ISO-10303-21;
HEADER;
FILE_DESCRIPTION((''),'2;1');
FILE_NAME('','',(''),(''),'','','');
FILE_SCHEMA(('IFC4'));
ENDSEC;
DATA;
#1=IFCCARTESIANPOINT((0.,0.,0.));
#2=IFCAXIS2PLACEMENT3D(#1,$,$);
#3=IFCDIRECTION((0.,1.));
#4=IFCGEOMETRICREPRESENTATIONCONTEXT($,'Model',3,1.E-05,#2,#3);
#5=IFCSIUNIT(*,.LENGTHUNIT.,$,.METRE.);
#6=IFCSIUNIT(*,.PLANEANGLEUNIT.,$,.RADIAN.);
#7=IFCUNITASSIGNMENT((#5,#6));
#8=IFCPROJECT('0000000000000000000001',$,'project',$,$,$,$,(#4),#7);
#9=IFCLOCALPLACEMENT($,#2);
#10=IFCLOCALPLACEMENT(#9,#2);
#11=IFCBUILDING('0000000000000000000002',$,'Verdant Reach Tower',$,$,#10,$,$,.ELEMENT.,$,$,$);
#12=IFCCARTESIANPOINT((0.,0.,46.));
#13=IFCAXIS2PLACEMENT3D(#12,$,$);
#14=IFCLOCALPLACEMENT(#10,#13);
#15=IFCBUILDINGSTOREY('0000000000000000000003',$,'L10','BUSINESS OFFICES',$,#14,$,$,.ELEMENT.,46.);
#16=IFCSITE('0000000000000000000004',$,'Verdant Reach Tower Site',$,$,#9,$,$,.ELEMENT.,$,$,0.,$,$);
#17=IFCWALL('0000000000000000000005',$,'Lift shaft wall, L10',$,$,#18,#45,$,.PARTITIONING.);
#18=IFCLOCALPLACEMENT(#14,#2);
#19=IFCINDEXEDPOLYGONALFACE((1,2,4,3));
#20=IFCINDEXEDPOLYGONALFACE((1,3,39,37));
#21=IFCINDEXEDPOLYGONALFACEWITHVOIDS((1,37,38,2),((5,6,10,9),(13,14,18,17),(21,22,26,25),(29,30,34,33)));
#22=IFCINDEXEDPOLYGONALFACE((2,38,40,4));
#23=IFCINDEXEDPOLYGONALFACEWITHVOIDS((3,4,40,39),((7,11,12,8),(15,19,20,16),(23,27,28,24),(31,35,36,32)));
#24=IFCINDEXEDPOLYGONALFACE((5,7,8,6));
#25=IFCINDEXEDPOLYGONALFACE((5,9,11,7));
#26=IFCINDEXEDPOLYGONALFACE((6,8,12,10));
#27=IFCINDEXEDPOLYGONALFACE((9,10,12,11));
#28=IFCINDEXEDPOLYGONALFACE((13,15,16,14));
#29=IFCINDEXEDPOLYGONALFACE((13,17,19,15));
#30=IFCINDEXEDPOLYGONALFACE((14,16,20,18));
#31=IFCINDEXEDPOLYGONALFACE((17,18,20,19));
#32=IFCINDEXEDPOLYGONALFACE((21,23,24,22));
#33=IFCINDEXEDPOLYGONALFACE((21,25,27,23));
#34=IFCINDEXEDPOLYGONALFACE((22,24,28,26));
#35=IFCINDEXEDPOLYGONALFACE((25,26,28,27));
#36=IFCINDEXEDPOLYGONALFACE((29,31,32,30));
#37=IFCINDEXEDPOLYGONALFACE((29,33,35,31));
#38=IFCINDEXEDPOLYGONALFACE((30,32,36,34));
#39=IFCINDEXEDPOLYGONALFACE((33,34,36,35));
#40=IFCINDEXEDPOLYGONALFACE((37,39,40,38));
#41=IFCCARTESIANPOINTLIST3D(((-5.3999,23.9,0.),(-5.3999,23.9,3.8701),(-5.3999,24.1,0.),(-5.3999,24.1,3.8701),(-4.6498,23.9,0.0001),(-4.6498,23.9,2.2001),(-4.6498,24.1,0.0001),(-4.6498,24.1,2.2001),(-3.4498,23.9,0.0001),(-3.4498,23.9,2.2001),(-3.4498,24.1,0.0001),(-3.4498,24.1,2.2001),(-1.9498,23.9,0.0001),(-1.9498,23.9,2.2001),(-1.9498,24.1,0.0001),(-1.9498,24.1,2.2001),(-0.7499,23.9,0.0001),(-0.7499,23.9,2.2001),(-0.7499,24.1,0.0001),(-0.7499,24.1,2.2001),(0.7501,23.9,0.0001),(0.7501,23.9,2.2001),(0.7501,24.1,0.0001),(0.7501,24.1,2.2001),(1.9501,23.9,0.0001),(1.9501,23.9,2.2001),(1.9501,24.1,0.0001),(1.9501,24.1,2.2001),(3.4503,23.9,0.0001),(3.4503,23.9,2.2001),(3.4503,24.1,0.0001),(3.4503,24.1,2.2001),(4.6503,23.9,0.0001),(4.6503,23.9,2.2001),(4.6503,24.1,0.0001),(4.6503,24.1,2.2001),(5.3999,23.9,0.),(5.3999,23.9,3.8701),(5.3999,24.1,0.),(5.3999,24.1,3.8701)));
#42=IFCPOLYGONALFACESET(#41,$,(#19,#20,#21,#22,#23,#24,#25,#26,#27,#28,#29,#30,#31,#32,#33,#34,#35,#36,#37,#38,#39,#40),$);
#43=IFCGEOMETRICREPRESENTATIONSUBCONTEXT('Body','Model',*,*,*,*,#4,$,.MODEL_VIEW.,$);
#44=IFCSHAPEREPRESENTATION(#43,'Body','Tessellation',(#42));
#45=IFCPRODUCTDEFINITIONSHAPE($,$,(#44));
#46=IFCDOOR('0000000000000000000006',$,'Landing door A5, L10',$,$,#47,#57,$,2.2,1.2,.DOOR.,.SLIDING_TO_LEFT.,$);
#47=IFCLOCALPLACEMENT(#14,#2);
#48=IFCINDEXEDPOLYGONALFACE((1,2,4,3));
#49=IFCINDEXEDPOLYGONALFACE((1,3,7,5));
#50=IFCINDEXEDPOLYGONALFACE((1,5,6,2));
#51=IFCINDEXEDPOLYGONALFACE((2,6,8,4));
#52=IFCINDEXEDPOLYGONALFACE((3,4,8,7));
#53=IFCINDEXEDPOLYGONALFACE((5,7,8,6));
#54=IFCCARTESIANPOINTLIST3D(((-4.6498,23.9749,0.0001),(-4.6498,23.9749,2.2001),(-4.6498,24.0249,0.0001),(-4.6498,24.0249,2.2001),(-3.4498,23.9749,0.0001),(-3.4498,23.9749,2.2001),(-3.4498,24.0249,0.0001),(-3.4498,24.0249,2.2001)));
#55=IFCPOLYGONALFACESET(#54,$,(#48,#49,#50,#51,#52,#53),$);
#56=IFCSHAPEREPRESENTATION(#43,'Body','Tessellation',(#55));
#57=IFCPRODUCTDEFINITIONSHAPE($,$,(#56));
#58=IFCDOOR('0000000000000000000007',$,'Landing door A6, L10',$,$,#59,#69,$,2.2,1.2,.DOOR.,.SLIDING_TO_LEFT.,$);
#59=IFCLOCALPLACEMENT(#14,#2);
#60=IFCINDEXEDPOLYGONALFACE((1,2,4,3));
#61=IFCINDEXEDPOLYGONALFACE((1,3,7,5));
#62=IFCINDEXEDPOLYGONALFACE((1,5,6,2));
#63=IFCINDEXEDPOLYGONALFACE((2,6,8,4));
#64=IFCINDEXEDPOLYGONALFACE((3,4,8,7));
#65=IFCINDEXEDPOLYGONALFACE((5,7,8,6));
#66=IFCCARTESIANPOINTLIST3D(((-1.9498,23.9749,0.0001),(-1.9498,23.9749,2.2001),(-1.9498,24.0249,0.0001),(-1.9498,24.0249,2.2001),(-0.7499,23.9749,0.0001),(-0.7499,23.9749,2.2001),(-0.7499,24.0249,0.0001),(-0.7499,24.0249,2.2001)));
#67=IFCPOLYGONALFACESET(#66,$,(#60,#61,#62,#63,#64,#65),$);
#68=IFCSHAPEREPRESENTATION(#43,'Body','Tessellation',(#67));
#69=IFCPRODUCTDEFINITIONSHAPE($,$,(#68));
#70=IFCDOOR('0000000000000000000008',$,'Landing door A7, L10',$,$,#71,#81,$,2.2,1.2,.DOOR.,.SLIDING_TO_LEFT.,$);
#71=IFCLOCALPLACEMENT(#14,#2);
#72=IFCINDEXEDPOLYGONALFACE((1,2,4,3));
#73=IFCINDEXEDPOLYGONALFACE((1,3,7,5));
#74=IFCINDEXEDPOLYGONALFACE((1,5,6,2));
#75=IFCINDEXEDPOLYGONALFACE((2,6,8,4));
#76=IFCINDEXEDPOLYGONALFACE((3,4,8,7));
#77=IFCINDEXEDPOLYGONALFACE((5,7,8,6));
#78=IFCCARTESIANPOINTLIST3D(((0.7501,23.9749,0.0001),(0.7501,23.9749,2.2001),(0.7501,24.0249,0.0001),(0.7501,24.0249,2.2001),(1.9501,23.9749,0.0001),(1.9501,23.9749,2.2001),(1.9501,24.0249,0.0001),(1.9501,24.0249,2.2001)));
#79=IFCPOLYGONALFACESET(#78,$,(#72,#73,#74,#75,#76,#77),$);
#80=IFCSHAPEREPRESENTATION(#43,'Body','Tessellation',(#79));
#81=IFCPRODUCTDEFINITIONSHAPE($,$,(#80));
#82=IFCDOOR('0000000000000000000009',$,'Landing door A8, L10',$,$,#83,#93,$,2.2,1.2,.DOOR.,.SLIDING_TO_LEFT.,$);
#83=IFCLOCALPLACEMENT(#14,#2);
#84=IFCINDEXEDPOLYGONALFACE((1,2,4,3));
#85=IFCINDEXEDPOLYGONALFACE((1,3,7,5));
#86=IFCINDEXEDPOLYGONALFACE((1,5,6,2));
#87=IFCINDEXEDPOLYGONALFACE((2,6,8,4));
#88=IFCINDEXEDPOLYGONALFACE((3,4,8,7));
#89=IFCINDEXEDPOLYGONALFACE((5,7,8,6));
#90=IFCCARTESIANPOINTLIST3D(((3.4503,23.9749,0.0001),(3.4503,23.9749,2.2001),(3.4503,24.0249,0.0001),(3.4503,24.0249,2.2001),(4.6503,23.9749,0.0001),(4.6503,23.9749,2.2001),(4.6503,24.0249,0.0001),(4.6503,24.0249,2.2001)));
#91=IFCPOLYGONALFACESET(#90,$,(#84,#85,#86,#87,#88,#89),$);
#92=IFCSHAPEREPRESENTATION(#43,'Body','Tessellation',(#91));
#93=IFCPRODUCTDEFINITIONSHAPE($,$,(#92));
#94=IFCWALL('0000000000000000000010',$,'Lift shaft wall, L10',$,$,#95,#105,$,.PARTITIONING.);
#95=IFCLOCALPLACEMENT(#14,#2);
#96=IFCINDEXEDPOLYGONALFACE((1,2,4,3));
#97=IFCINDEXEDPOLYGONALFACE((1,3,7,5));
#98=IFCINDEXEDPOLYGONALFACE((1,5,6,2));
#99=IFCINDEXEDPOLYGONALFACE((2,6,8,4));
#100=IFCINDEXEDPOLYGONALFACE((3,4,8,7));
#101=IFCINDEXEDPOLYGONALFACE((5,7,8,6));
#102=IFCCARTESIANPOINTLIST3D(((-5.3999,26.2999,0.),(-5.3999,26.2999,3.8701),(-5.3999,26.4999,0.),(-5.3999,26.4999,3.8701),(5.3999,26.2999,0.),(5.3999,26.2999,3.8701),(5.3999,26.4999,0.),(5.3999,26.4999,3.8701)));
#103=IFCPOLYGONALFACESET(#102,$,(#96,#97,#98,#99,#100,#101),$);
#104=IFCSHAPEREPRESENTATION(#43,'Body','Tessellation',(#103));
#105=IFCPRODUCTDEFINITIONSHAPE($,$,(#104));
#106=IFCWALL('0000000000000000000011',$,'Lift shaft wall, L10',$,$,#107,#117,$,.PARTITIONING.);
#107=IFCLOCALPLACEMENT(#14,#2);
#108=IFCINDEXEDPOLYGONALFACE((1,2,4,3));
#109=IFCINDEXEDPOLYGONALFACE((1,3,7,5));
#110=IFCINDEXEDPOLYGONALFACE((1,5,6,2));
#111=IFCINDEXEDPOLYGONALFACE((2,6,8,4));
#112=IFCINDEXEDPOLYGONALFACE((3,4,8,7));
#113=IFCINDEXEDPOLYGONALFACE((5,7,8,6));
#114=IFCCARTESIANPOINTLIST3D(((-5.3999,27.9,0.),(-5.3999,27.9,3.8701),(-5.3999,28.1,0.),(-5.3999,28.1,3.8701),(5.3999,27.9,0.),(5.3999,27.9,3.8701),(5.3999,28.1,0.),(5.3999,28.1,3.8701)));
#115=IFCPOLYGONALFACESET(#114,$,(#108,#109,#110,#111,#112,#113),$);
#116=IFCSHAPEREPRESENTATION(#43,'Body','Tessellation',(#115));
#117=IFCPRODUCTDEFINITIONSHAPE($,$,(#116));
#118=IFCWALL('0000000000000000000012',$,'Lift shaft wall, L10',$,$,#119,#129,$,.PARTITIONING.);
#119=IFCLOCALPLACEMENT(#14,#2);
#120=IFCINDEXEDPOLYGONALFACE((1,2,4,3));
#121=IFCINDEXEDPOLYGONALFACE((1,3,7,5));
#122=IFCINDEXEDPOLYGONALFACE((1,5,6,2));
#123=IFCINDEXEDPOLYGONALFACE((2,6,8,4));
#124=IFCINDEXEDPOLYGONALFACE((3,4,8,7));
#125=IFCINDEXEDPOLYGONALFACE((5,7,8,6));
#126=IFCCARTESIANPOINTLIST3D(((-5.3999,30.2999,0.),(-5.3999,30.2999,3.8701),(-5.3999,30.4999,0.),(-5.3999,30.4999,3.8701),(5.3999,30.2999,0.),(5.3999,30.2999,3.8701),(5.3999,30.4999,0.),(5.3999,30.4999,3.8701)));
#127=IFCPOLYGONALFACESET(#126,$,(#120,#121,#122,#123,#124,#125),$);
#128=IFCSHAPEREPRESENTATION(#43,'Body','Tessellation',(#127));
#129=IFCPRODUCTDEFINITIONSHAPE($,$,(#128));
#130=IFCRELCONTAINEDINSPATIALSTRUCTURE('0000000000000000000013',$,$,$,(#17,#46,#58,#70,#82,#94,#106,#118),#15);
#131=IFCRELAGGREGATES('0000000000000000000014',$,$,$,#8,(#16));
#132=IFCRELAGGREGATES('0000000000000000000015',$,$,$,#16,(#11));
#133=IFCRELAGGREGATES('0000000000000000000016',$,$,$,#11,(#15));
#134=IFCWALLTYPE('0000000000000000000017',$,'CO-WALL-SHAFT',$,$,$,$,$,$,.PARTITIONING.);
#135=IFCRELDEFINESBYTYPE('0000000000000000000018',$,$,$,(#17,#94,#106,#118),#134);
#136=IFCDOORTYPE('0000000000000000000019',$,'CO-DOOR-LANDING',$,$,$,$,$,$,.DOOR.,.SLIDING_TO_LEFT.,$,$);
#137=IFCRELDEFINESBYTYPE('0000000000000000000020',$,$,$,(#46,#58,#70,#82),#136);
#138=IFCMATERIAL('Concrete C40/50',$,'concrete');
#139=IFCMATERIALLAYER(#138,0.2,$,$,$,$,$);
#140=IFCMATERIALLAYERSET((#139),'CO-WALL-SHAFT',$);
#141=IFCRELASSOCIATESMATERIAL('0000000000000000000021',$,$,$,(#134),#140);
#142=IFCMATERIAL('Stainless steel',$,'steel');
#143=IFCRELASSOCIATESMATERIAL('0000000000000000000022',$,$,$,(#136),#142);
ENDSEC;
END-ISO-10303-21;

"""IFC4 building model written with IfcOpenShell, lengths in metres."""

from ifc_helpers import new_model, si_unit, direction, frame, frame_2d, origin, place, context, subcontext, project, spatial, rectangle, extrude, material, layer, layer_set, type_object, element, fill, save


model = new_model("IFC4")

# Units and contexts
model_context = context("Model", 3, precision=1e-05, world=origin(), true_north=direction((0.0, 1.0)))
body_context = subcontext(model_context, "Body", "Model", "MODEL_VIEW")
ifc_project = project(units=[si_unit("LENGTHUNIT", "METRE"), si_unit("PLANEANGLEUNIT", "RADIAN")], contexts=[model_context])

# Site, building, storey
site_placement = place(None, origin())
site = spatial("IfcSite", under=ifc_project, at=site_placement, Name="Verdant Reach Tower Site", CompositionType="ELEMENT", RefElevation=0.0)
building_placement = place(site_placement, origin())
building = spatial("IfcBuilding", under=site, at=building_placement, Name="Verdant Reach Tower", CompositionType="ELEMENT")
storey_placement = place(building_placement, frame((0.0, 0.0, 46.0)))
storey = spatial("IfcBuildingStorey", under=building, at=storey_placement, Name="L10", Description="BUSINESS OFFICES", CompositionType="ELEMENT", Elevation=46.0)

# Wall, openings, doors
ifc_material_1 = material(Name="Concrete C40/50", Category="concrete")
ifc_layer_1 = layer(ifc_material_1, 0.2)
ifc_layer_set_1 = layer_set([ifc_layer_1], Name="CO-WALL-SHAFT")
wall_type_1 = type_object("IfcWallType", Name="CO-WALL-SHAFT", PredefinedType="PARTITIONING", material=ifc_layer_set_1)
wall_1_placement = place(storey_placement, frame((-5.3999, 24.0, 0.0), z_axis=(0.0, 0.0, 1.0), x_axis=(1.0, 0.0, 0.0)))
wall_1 = element("IfcWall", 1, at=wall_1_placement, inside=storey, type_object=wall_type_1, Name="Lift shaft wall, L10", PredefinedType="PARTITIONING", context=body_context, shape_type="SweptSolid", body=[
    extrude(rectangle(XDim=10.7998, YDim=0.2, at=frame_2d((5.3999, 0.0))), origin(), (0.0, 0.0, 1.0), 3.8701),
])
opening_1_placement = place(wall_1_placement, frame((0.75, 0.0, 0.0)))
opening_1 = element("IfcOpeningElement", 2, at=opening_1_placement, cuts=wall_1, PredefinedType="OPENING", context=body_context, shape_type="SweptSolid", body=[
    extrude(rectangle(XDim=1.2, YDim=2.2, at=frame_2d((0.6001, 1.1001))), frame((0.0, 0.1099, 0.0), z_axis=(0.0, -1.0, 0.0), x_axis=(1.0, 0.0, 0.0)), (0.0, 0.0, 1.0), 0.22),
])
opening_2_placement = place(wall_1_placement, frame((3.45, 0.0, 0.0)))
opening_2 = element("IfcOpeningElement", 3, at=opening_2_placement, cuts=wall_1, PredefinedType="OPENING", context=body_context, shape_type="SweptSolid", body=[
    extrude(rectangle(XDim=1.2, YDim=2.2, at=frame_2d((0.6001, 1.1001))), frame((0.0, 0.1099, 0.0), z_axis=(0.0, -1.0, 0.0), x_axis=(1.0, 0.0, 0.0)), (0.0, 0.0, 1.0), 0.22),
])
opening_3_placement = place(wall_1_placement, frame((6.1499, 0.0, 0.0)))
opening_3 = element("IfcOpeningElement", 4, at=opening_3_placement, cuts=wall_1, PredefinedType="OPENING", context=body_context, shape_type="SweptSolid", body=[
    extrude(rectangle(XDim=1.2, YDim=2.2, at=frame_2d((0.6001, 1.1001))), frame((0.0, 0.1099, 0.0), z_axis=(0.0, -1.0, 0.0), x_axis=(1.0, 0.0, 0.0)), (0.0, 0.0, 1.0), 0.22),
])
opening_4_placement = place(wall_1_placement, frame((8.8501, 0.0, 0.0)))
opening_4 = element("IfcOpeningElement", 5, at=opening_4_placement, cuts=wall_1, PredefinedType="OPENING", context=body_context, shape_type="SweptSolid", body=[
    extrude(rectangle(XDim=1.2, YDim=2.2, at=frame_2d((0.6001, 1.1001))), frame((0.0, 0.1099, 0.0), z_axis=(0.0, -1.0, 0.0), x_axis=(1.0, 0.0, 0.0)), (0.0, 0.0, 1.0), 0.22),
])
ifc_material_2 = material(Name="Stainless steel", Category="steel")
door_type_1 = type_object("IfcDoorType", Name="CO-DOOR-LANDING", OperationType="SLIDING_TO_LEFT", PredefinedType="DOOR", material=ifc_material_2)
door_1_placement = place(opening_1_placement, origin())
door_1 = element("IfcDoor", 6, at=door_1_placement, inside=storey, type_object=door_type_1, Name="Landing door A5, L10", OperationType="SLIDING_TO_LEFT", OverallHeight=2.2, OverallWidth=1.2, PredefinedType="DOOR", context=body_context, shape_type="SweptSolid", body=[
    extrude(rectangle(XDim=1.2, YDim=2.2, at=frame_2d((0.6001, 1.1001))), frame((0.0, 0.0249, 0.0), z_axis=(0.0, -1.0, 0.0), x_axis=(1.0, 0.0, 0.0)), (0.0, 0.0, 1.0), 0.05),
])
fill(opening_1, door_1)
door_2_placement = place(opening_2_placement, origin())
door_2 = element("IfcDoor", 7, at=door_2_placement, inside=storey, type_object=door_type_1, Name="Landing door A6, L10", OperationType="SLIDING_TO_LEFT", OverallHeight=2.2, OverallWidth=1.2, PredefinedType="DOOR", context=body_context, shape_type="SweptSolid", body=[
    extrude(rectangle(XDim=1.2, YDim=2.2, at=frame_2d((0.6001, 1.1001))), frame((0.0, 0.0249, 0.0), z_axis=(0.0, -1.0, 0.0), x_axis=(1.0, 0.0, 0.0)), (0.0, 0.0, 1.0), 0.05),
])
fill(opening_2, door_2)
door_3_placement = place(opening_3_placement, origin())
door_3 = element("IfcDoor", 8, at=door_3_placement, inside=storey, type_object=door_type_1, Name="Landing door A7, L10", OperationType="SLIDING_TO_LEFT", OverallHeight=2.2, OverallWidth=1.2, PredefinedType="DOOR", context=body_context, shape_type="SweptSolid", body=[
    extrude(rectangle(XDim=1.2, YDim=2.2, at=frame_2d((0.6001, 1.1001))), frame((0.0, 0.0249, 0.0), z_axis=(0.0, -1.0, 0.0), x_axis=(1.0, 0.0, 0.0)), (0.0, 0.0, 1.0), 0.05),
])
fill(opening_3, door_3)
door_4_placement = place(opening_4_placement, origin())
door_4 = element("IfcDoor", 9, at=door_4_placement, inside=storey, type_object=door_type_1, Name="Landing door A8, L10", OperationType="SLIDING_TO_LEFT", OverallHeight=2.2, OverallWidth=1.2, PredefinedType="DOOR", context=body_context, shape_type="SweptSolid", body=[
    extrude(rectangle(XDim=1.2, YDim=2.2, at=frame_2d((0.6001, 1.1001))), frame((0.0, 0.0249, 0.0), z_axis=(0.0, -1.0, 0.0), x_axis=(1.0, 0.0, 0.0)), (0.0, 0.0, 1.0), 0.05),
])
fill(opening_4, door_4)

# Walls
for number, where, z_axis, x_axis, name in (
    (10, (-5.3999, 26.3999, 0.0), (0.0, 0.0, 1.0), (1.0, 0.0, 0.0), "Lift shaft wall, L10"),
    (11, (-5.3999, 28.0, 0.0), (0.0, 0.0, 1.0), (1.0, 0.0, 0.0), "Lift shaft wall, L10"),
    (12, (-5.3999, 30.3999, 0.0), (0.0, 0.0, 1.0), (1.0, 0.0, 0.0), "Lift shaft wall, L10"),
):
    element("IfcWall", number, at=place(storey_placement, frame(where, z_axis=z_axis, x_axis=x_axis)), inside=storey, type_object=wall_type_1, Name=name, PredefinedType="PARTITIONING", context=body_context, shape_type="SweptSolid", body=[
        extrude(rectangle(XDim=10.7998, YDim=0.2, at=frame_2d((5.3999, 0.0))), origin(), (0.0, 0.0, 1.0), 3.8701),
    ])

save(model, "model.ifc")
